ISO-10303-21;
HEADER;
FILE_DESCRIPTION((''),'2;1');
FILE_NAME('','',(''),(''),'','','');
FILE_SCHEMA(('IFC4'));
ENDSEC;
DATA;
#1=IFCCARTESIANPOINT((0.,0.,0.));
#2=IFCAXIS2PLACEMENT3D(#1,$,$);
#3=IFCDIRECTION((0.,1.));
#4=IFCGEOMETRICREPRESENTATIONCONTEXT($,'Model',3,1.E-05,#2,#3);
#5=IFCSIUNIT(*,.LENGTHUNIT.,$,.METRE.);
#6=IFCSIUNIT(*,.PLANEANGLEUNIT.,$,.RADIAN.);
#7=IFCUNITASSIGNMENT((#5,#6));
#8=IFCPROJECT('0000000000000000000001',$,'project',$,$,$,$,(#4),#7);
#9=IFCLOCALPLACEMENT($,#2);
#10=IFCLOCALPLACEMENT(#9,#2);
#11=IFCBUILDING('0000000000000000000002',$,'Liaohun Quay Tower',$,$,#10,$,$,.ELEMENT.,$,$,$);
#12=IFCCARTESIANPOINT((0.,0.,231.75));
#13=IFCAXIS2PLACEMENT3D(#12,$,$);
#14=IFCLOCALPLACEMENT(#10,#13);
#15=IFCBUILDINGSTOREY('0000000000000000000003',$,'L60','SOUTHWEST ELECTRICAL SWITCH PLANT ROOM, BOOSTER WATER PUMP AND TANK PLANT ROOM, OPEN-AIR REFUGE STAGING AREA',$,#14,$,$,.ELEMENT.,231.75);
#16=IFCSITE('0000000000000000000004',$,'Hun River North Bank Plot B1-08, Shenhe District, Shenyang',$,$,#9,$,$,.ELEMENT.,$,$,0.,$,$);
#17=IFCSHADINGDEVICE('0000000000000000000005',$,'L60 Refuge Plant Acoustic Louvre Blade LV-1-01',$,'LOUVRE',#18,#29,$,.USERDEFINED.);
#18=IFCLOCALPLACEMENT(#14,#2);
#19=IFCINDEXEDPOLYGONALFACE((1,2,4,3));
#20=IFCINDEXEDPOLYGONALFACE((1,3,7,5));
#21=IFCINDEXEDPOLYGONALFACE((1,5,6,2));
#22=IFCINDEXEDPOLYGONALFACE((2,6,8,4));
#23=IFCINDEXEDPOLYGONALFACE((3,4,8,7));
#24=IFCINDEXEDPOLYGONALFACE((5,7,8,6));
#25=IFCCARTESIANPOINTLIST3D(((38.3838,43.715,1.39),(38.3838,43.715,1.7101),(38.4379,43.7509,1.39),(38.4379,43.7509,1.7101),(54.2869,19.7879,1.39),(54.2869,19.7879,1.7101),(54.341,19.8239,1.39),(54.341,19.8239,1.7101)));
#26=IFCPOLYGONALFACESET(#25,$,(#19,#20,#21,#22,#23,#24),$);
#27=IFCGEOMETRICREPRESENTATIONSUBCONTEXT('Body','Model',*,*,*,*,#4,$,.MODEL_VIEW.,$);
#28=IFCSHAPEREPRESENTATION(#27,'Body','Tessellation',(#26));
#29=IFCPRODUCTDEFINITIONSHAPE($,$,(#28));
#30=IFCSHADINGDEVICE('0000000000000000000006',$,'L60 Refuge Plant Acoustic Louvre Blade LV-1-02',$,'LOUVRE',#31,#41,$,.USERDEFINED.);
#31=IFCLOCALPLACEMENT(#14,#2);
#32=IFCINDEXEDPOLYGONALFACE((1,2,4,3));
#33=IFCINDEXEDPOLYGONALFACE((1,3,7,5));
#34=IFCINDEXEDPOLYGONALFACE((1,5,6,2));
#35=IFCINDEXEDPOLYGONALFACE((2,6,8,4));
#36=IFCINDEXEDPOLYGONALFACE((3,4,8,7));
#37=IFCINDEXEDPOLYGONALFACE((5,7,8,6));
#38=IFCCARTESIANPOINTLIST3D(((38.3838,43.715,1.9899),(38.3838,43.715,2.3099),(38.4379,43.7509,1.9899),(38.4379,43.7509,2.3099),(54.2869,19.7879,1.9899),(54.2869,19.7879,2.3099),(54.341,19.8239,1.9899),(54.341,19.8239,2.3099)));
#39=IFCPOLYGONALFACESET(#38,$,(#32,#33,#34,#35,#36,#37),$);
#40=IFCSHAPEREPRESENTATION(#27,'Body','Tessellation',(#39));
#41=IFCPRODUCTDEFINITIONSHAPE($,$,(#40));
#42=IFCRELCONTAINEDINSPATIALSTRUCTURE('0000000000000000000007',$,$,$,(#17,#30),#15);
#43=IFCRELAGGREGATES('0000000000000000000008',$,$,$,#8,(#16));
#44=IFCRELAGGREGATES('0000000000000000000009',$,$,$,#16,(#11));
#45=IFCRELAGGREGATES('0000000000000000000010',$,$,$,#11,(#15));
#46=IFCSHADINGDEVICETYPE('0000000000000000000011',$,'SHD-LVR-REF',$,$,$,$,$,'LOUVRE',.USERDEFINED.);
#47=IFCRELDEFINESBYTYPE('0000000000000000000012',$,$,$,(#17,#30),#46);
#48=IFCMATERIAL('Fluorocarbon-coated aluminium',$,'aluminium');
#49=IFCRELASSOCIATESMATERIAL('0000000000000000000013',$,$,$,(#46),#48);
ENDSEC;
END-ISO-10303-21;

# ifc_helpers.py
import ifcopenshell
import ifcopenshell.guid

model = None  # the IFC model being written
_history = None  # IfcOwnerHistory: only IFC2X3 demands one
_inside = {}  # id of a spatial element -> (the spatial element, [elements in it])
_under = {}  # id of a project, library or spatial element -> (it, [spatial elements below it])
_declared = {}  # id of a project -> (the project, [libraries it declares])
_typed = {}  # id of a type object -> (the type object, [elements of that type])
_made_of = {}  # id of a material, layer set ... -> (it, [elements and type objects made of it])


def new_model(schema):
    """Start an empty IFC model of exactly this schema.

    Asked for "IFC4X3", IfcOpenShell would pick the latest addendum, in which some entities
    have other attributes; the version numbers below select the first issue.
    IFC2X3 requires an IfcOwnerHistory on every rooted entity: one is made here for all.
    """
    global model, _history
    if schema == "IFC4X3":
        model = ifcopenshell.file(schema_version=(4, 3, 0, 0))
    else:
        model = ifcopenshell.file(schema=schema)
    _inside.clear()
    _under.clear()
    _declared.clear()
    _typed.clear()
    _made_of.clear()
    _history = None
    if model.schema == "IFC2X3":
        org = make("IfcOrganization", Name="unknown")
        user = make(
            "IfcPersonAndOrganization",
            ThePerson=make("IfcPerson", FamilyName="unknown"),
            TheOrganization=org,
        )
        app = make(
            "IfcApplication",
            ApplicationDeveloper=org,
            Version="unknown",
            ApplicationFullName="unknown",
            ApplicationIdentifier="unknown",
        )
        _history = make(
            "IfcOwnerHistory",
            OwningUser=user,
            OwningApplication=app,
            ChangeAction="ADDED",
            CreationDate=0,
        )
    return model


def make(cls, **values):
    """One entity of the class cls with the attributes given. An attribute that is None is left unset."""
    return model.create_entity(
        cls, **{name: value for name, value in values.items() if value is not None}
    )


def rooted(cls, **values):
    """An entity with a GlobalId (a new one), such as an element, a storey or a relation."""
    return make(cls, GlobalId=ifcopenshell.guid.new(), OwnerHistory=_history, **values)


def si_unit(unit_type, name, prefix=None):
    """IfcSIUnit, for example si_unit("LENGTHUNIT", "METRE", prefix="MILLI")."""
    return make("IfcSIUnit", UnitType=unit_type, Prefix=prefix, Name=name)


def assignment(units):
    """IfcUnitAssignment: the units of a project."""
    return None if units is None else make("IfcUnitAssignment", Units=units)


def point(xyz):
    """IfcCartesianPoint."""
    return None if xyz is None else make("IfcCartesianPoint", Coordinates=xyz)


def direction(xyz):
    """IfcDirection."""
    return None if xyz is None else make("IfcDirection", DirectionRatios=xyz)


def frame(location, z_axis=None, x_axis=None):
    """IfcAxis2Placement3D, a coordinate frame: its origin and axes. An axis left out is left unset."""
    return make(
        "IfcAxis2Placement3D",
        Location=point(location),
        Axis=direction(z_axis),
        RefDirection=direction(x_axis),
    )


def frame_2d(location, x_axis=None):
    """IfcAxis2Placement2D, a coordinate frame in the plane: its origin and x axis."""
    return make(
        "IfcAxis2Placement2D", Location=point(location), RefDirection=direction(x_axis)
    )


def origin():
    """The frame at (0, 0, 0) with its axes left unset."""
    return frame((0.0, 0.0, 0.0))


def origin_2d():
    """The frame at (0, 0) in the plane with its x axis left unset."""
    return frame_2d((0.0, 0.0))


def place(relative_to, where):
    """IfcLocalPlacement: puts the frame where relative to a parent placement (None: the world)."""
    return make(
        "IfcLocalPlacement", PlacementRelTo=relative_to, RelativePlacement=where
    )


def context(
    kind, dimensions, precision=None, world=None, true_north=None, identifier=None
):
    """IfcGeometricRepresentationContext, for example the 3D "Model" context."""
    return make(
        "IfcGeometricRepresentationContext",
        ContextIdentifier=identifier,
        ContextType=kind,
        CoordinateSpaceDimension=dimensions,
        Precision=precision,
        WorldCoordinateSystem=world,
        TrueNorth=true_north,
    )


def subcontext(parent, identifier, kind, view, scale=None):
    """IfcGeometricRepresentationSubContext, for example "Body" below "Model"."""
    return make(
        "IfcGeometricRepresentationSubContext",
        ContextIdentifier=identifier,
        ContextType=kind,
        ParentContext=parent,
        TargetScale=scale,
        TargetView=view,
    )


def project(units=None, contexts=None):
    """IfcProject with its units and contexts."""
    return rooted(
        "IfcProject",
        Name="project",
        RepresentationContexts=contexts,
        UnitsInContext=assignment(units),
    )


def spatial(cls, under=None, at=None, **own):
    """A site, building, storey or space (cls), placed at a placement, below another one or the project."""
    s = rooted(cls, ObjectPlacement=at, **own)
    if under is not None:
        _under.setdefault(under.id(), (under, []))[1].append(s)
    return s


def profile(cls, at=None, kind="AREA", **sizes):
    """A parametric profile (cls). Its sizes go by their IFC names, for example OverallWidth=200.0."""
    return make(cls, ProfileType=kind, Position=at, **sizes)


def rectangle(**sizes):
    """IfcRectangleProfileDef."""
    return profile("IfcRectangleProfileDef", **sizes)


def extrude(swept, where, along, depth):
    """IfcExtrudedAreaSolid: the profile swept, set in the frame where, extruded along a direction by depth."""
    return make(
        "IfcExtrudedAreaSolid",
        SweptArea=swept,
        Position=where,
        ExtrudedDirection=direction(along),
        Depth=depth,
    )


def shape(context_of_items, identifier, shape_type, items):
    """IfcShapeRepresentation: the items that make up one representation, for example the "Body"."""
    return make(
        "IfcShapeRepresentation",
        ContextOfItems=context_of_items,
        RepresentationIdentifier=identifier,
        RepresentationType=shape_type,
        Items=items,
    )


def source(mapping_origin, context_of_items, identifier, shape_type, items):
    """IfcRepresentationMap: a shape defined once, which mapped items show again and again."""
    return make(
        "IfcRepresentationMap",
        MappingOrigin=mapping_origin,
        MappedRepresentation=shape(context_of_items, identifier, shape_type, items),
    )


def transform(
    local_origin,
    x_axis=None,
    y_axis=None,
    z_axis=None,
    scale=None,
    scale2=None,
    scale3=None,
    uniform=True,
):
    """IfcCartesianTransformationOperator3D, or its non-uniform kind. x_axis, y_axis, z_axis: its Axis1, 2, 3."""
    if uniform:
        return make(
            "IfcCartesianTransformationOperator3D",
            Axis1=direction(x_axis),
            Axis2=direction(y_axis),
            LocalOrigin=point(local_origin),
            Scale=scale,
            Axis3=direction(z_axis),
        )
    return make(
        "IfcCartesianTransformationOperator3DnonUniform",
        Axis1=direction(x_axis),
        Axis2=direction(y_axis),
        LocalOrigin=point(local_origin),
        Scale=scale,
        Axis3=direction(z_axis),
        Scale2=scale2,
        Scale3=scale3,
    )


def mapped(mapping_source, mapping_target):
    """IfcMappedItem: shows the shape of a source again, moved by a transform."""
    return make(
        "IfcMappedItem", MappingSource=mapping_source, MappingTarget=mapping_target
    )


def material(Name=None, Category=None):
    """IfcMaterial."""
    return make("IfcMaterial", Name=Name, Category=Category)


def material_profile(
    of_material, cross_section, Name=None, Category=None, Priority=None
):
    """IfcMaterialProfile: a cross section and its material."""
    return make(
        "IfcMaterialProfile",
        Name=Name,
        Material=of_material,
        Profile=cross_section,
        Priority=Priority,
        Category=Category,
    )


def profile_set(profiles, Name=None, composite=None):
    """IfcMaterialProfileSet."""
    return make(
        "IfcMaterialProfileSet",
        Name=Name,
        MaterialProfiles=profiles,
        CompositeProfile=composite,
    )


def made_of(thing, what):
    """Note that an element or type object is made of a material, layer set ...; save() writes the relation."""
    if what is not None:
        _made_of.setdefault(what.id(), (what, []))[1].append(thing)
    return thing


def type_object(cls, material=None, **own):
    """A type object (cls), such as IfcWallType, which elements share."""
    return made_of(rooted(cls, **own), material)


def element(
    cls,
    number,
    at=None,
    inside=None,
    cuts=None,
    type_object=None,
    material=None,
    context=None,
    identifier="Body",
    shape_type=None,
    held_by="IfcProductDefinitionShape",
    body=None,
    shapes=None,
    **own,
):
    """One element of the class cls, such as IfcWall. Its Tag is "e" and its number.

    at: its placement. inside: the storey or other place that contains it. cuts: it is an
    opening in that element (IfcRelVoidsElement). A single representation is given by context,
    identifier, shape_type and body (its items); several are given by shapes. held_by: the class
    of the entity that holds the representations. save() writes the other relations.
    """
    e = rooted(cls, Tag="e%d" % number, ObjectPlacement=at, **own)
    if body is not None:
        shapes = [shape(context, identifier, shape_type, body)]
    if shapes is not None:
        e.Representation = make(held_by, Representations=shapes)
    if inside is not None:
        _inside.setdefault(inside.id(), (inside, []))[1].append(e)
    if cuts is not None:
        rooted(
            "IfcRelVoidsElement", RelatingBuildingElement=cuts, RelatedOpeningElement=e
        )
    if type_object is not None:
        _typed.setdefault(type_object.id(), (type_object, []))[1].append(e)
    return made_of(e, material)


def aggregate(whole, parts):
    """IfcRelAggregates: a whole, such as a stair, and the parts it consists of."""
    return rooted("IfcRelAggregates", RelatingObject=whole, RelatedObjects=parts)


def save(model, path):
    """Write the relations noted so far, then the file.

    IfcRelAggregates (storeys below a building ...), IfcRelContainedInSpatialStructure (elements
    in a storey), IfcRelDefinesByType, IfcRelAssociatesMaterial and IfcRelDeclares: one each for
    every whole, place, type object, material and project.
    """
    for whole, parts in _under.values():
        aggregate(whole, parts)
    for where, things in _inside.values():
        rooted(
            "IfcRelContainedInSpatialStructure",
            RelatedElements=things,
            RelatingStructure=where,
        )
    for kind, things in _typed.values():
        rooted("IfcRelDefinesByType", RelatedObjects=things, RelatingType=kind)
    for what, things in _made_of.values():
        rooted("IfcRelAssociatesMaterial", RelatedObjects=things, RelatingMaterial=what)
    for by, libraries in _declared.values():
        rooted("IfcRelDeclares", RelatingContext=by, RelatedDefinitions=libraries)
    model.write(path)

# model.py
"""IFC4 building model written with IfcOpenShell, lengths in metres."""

from ifc_helpers import new_model, si_unit, direction, frame, origin, origin_2d, place, context, subcontext, project, spatial, rectangle, extrude, source, transform, mapped, material, material_profile, profile_set, type_object, element, save


model = new_model("IFC4")

# Units and contexts
model_context = context("Model", 3, precision=1e-05, world=origin(), true_north=direction((0.0, 1.0)))
body_context = subcontext(model_context, "Body", "Model", "MODEL_VIEW")
ifc_project = project(units=[si_unit("LENGTHUNIT", "METRE"), si_unit("PLANEANGLEUNIT", "RADIAN")], contexts=[model_context])

# Site, building, storey
site_placement = place(None, origin())
site = spatial("IfcSite", under=ifc_project, at=site_placement, Name="Hun River North Bank Plot B1-08, Shenhe District, Shenyang", CompositionType="ELEMENT", RefElevation=0.0)
building_placement = place(site_placement, origin())
building = spatial("IfcBuilding", under=site, at=building_placement, Name="Liaohun Quay Tower", CompositionType="ELEMENT")
storey_placement = place(building_placement, frame((0.0, 0.0, 231.75)))
storey = spatial("IfcBuildingStorey", under=building, at=storey_placement, Name="L60", Description="SOUTHWEST ELECTRICAL SWITCH PLANT ROOM, BOOSTER WATER PUMP AND TANK PLANT ROOM, OPEN-AIR REFUGE STAGING AREA", CompositionType="ELEMENT", Elevation=231.75)

# Shading devices
ifc_material_1 = material(Name="Fluorocarbon-coated aluminium", Category="aluminium")
ifc_material_profile_1 = material_profile(ifc_material_1, rectangle(XDim=0.0649, YDim=0.3201, at=origin_2d()), Name="ALU-LVR-320x65")
ifc_profile_set_1 = profile_set([ifc_material_profile_1], Name="Fluorocarbon-coated aluminium")
shading_device_type = type_object("IfcShadingDeviceType", Name="SHD-LVR-REF", ElementType="LOUVRE", PredefinedType="USERDEFINED", material=ifc_profile_set_1)
shared_shape_1 = source(origin(), body_context, "Body", "SweptSolid", [
    extrude(rectangle(XDim=0.0649, YDim=0.3201, at=origin_2d()), origin(), (0.0, 0.0, 1.0), 28.73),
])
for number, where, z_axis, x_axis, name in (
    (1, (54.314, 19.8059, 1.55), (-0.553537, 0.832825, 0.0), (-0.832825, -0.553537, 0.0), "L60 Refuge Plant Acoustic Louvre Blade LV-1-01"),
    (2, (54.314, 19.8059, 2.1499), (-0.553537, 0.832825, 0.0), (-0.832825, -0.553537, 0.0), "L60 Refuge Plant Acoustic Louvre Blade LV-1-02"),
):
    element("IfcShadingDevice", number, at=place(storey_placement, frame(where, z_axis=z_axis, x_axis=x_axis)), inside=storey, type_object=shading_device_type, Name=name, ObjectType="LOUVRE", PredefinedType="USERDEFINED", context=body_context, shape_type="MappedRepresentation", body=[
        mapped(shared_shape_1, transform((0.0, 0.0, 0.0), x_axis=(1.0, 0.0, 0.0), y_axis=(0.0, 1.0, 0.0), z_axis=(0.0, 0.0, 1.0), scale=1.0)),
    ])

save(model, "model.ifc")
